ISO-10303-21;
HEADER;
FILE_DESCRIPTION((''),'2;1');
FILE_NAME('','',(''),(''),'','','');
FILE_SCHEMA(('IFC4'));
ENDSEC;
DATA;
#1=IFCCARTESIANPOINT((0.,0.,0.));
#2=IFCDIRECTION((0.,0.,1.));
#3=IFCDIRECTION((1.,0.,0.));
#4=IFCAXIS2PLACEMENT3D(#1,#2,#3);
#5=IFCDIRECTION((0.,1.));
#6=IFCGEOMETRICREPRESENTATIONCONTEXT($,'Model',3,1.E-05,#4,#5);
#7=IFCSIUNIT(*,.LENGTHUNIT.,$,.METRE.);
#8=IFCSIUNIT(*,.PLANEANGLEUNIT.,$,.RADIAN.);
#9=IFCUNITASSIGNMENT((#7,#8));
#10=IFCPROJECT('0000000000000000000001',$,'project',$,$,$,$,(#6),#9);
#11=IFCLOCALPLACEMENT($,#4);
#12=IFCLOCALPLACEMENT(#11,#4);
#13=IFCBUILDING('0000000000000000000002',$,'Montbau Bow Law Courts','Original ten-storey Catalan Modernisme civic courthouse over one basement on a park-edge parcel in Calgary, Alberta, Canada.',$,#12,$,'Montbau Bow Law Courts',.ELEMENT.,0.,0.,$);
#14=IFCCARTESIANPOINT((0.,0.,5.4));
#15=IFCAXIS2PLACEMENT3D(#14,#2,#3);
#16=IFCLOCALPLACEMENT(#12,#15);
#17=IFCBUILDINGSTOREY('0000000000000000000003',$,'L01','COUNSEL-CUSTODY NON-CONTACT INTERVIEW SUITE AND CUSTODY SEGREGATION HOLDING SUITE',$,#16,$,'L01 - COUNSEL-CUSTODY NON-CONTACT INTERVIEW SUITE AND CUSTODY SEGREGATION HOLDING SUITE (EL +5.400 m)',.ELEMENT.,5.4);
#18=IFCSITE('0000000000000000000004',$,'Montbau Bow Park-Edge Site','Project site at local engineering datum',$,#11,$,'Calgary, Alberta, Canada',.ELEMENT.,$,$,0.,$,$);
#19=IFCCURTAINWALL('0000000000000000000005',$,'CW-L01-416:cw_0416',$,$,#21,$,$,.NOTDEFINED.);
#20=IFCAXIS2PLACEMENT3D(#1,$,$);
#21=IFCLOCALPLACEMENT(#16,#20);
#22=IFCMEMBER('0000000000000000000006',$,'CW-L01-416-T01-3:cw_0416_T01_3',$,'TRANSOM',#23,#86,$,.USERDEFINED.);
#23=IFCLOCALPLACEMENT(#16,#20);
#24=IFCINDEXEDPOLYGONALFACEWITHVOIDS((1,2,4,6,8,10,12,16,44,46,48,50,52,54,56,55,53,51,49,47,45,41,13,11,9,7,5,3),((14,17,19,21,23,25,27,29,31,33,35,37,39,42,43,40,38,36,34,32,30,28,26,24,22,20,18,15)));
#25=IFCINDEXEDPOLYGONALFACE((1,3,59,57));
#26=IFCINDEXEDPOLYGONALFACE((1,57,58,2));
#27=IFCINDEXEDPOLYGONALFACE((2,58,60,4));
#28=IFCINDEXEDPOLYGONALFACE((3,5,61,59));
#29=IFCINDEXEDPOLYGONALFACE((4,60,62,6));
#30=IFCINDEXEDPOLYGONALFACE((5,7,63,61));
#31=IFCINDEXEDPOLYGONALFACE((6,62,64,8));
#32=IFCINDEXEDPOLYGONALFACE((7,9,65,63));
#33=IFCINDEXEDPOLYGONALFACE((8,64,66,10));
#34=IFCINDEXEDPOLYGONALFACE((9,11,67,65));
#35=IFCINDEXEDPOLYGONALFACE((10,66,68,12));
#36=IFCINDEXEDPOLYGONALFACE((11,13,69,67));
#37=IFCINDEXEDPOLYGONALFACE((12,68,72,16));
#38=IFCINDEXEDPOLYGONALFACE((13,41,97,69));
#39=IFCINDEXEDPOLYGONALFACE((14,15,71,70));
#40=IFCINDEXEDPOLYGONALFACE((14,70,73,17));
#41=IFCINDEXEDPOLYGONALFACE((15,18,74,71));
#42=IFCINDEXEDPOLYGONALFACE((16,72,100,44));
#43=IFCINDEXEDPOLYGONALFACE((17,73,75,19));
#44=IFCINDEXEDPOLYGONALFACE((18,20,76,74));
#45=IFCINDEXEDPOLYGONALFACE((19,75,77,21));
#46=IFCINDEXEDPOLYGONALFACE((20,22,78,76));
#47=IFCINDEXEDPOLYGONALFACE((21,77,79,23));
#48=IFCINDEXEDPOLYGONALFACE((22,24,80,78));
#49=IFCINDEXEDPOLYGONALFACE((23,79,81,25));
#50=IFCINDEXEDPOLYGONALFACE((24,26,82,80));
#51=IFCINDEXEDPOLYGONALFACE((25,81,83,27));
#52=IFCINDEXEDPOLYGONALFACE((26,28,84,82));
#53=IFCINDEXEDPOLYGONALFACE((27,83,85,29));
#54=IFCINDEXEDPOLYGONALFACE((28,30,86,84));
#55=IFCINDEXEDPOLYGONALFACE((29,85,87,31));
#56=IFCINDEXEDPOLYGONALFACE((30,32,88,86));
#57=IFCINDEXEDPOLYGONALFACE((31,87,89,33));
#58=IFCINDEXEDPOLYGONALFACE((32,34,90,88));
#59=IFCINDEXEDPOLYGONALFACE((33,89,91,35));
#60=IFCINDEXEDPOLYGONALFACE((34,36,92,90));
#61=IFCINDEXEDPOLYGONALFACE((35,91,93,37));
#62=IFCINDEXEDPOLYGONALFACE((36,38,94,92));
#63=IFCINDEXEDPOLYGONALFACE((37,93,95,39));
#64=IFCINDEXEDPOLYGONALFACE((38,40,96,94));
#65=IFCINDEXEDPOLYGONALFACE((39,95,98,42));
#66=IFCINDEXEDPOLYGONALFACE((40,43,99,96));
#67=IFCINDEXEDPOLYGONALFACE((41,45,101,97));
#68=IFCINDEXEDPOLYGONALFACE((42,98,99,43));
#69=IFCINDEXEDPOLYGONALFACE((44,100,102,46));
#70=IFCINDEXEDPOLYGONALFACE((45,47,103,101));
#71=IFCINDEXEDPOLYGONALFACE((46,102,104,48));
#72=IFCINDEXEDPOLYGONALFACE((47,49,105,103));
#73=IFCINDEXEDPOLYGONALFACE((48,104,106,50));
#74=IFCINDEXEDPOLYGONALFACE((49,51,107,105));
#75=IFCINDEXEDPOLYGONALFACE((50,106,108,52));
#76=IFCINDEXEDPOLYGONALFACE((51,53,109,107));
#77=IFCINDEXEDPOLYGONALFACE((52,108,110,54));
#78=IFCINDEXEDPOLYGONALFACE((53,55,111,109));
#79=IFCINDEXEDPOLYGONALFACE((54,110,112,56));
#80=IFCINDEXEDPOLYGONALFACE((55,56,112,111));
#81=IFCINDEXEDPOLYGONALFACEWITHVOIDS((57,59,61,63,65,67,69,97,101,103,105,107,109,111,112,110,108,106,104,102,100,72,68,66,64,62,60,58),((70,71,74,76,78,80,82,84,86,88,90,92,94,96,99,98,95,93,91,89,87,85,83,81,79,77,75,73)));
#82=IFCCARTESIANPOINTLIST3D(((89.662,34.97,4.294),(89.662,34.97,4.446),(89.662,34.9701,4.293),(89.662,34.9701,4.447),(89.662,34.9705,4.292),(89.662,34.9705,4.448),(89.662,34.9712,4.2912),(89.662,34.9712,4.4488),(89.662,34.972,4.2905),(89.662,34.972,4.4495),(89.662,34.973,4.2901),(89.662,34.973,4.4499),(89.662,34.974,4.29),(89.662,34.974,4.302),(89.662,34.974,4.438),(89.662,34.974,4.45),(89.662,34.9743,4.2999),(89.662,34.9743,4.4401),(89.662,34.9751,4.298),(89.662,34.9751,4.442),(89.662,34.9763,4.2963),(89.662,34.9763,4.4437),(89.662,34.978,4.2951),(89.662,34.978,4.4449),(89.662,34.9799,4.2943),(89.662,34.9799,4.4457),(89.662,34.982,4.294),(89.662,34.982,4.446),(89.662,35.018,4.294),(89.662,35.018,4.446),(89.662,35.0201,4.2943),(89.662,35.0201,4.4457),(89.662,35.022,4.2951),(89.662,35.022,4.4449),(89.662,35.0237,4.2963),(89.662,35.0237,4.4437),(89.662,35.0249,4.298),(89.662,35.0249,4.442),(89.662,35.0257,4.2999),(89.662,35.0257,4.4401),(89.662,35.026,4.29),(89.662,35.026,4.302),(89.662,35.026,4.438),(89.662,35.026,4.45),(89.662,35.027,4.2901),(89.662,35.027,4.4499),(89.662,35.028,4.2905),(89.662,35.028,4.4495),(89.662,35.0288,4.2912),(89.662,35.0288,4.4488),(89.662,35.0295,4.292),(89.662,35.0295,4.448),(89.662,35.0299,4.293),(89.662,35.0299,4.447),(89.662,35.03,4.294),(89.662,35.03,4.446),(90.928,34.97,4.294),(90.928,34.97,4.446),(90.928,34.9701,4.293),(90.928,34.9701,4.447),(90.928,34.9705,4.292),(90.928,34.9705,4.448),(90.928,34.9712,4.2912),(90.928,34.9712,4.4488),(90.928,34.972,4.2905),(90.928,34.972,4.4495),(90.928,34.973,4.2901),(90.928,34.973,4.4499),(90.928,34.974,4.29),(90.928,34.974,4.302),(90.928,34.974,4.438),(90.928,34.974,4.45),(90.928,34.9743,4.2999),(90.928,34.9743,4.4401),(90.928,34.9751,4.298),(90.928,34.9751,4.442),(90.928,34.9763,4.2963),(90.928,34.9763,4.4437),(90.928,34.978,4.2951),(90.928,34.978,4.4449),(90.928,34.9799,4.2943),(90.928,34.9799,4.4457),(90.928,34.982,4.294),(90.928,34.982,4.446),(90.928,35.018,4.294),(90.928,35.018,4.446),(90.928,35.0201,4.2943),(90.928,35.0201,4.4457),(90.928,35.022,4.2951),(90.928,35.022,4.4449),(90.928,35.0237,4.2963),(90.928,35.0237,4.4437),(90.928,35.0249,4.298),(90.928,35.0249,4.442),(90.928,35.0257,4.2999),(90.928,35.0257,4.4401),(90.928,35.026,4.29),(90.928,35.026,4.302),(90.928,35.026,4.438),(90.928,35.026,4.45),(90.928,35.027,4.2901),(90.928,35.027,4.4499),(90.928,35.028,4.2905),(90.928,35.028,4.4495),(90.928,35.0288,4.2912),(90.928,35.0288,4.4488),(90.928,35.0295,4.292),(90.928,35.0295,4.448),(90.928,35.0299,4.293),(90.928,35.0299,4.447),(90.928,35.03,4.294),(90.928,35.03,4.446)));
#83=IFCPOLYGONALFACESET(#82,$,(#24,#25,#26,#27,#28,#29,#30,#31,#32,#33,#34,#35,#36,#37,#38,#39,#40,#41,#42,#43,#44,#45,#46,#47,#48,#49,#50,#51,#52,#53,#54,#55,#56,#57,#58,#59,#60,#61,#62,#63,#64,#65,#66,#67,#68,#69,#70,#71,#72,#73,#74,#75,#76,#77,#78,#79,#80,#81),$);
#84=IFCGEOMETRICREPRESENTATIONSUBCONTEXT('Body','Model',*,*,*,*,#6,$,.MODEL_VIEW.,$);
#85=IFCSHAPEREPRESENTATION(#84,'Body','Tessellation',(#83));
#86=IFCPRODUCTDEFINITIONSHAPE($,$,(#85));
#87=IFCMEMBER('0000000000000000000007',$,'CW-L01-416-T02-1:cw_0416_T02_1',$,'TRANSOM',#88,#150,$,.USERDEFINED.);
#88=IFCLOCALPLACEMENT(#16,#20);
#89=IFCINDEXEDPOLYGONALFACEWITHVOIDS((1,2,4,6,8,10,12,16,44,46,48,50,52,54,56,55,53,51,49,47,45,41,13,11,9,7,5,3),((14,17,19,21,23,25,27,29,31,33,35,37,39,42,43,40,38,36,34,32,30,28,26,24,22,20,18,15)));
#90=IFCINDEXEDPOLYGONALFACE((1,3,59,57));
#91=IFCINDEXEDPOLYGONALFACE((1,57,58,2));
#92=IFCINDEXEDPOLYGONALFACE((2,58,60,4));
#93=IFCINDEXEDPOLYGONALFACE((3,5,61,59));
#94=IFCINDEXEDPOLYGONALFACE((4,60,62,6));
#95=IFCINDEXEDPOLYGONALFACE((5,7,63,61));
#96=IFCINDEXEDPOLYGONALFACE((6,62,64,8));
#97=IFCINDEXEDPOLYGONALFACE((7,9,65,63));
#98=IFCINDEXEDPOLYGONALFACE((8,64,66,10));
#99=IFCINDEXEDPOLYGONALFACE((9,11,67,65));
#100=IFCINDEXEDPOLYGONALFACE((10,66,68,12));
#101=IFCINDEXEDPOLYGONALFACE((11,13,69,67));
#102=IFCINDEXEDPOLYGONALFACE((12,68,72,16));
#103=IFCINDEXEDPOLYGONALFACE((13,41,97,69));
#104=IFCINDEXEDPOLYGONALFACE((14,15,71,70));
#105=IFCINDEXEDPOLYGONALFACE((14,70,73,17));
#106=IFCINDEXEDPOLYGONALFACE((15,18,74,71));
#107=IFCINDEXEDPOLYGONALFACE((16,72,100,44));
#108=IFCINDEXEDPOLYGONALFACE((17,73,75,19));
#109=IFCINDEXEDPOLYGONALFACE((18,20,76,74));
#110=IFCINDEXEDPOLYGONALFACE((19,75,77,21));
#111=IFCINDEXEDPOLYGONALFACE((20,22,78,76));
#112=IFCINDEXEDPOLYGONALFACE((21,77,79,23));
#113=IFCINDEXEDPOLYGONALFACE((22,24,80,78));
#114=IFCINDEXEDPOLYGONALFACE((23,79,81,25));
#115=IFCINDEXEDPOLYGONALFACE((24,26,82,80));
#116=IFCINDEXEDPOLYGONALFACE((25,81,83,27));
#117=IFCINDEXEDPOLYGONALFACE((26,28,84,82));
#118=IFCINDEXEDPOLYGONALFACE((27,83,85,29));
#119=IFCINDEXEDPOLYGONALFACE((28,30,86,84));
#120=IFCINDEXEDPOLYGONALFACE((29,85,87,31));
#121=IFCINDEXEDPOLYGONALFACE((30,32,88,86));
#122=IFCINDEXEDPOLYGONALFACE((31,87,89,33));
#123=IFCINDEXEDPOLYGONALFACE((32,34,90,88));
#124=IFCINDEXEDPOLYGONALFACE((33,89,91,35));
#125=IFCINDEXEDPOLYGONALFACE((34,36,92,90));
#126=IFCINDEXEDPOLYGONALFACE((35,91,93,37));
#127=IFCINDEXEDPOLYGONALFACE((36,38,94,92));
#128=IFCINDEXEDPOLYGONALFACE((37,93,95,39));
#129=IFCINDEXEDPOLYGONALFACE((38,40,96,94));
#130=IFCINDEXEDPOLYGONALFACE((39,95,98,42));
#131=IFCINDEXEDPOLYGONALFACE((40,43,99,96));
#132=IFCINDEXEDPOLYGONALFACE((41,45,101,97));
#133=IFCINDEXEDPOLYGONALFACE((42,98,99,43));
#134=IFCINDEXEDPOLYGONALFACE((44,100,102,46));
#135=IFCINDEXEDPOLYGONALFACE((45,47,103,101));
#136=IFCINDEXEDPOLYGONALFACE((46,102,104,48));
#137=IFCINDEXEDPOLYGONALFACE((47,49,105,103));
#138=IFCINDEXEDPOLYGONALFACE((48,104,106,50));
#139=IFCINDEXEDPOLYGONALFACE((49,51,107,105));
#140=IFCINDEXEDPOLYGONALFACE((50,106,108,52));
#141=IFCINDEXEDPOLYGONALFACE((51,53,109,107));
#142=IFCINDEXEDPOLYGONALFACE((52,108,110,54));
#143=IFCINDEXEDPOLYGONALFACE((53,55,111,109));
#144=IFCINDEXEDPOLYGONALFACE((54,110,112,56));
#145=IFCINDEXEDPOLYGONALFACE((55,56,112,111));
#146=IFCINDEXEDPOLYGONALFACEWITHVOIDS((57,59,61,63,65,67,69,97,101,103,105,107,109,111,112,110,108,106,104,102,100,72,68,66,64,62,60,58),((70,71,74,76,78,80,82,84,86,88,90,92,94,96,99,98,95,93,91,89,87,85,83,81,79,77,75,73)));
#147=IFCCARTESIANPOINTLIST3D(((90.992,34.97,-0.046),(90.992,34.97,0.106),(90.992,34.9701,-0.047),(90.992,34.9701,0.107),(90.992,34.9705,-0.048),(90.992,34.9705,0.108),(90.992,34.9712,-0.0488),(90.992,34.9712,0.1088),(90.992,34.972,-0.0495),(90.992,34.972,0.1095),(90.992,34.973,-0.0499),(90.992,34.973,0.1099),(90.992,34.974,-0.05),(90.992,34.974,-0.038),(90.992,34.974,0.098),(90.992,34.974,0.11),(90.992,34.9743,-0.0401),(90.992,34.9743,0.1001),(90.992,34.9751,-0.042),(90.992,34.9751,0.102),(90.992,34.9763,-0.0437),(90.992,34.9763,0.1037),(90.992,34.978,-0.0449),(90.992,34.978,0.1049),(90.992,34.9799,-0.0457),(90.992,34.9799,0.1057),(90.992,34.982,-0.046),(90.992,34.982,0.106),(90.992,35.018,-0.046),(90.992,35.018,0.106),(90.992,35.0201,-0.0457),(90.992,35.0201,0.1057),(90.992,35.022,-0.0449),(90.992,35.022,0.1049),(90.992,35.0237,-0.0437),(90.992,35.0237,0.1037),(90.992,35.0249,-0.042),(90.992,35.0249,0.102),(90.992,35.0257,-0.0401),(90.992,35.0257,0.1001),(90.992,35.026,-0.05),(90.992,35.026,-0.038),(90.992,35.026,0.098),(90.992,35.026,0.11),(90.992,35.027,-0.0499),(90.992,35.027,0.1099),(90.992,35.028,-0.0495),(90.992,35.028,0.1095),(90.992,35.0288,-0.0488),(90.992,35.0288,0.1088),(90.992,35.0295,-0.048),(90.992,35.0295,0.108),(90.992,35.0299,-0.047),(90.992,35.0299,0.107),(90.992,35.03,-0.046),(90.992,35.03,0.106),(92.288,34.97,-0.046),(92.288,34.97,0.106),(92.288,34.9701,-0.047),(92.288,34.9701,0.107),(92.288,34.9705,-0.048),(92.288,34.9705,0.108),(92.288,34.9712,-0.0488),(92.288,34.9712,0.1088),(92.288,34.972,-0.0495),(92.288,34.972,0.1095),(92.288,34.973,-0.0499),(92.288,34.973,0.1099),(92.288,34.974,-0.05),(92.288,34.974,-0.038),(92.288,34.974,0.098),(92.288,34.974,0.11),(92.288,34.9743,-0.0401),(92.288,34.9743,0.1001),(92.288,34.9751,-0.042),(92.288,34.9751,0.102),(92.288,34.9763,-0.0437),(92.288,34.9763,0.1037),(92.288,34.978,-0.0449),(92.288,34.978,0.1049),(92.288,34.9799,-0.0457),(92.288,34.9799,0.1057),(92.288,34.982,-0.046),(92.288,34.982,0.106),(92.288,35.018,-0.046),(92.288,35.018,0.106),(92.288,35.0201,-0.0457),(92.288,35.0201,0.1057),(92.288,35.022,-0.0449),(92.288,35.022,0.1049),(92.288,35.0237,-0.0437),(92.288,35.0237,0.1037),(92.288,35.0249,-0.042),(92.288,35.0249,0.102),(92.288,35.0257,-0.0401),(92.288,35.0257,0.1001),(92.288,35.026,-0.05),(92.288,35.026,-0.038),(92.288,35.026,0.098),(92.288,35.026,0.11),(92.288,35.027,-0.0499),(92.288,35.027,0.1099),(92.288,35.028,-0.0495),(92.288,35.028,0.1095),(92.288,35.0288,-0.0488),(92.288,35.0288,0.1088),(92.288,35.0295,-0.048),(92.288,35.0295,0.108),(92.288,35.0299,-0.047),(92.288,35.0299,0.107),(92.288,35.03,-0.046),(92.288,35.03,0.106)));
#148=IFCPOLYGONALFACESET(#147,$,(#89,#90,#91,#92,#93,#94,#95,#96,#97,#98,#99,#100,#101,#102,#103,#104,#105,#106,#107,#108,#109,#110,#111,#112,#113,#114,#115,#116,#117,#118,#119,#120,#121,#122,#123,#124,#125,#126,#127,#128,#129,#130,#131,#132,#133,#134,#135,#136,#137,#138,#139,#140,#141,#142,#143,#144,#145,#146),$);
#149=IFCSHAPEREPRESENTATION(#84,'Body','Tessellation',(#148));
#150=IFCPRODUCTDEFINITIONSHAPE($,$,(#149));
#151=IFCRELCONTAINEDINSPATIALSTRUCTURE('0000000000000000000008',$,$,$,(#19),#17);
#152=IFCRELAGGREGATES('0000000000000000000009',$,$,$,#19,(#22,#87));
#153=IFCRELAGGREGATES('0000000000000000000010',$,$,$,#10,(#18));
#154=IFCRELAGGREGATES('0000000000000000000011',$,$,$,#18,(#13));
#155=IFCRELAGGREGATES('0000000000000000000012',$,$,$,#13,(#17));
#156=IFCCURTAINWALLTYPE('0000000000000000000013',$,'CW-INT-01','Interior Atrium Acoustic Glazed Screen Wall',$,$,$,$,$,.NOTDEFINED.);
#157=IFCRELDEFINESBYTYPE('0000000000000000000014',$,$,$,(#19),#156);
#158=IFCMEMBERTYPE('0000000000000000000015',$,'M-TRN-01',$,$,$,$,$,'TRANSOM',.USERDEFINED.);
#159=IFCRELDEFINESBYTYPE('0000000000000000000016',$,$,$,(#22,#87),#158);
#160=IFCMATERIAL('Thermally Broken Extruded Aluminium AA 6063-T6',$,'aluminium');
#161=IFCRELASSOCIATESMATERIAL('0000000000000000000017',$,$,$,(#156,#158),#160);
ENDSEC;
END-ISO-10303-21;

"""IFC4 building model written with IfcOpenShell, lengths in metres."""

from ifc_helpers import new_model, si_unit, direction, frame, origin_with_axes, origin_2d_with_axis, place, context, subcontext, project, spatial, hollow_rectangle, extrude, material, material_profile, profile_set, type_object, element, aggregate, save


model = new_model("IFC4")

# Units and contexts
model_context = context("Model", 3, precision=1e-05, world=origin_with_axes(), true_north=direction((0.0, 1.0)))
body_context = subcontext(model_context, "Body", "Model", "MODEL_VIEW")
ifc_project = project(units=[si_unit("LENGTHUNIT", "METRE"), si_unit("PLANEANGLEUNIT", "RADIAN")], contexts=[model_context])

# Site, building, storey
site_placement = place(None, origin_with_axes())
site = spatial("IfcSite", under=ifc_project, at=site_placement, Name="Montbau Bow Park-Edge Site", Description="Project site at local engineering datum", LongName="Calgary, Alberta, Canada", CompositionType="ELEMENT", RefElevation=0.0)
building_placement = place(site_placement, origin_with_axes())
building = spatial("IfcBuilding", under=site, at=building_placement, Name="Montbau Bow Law Courts", Description="Original ten-storey Catalan Modernisme civic courthouse over one basement on a park-edge parcel in Calgary, Alberta, Canada.", LongName="Montbau Bow Law Courts", CompositionType="ELEMENT", ElevationOfRefHeight=0.0, ElevationOfTerrain=0.0)
storey_placement = place(building_placement, frame((0.0, 0.0, 5.4), z_axis=(0.0, 0.0, 1.0), x_axis=(1.0, 0.0, 0.0)))
storey = spatial("IfcBuildingStorey", under=building, at=storey_placement, Name="L01", Description="COUNSEL-CUSTODY NON-CONTACT INTERVIEW SUITE AND CUSTODY SEGREGATION HOLDING SUITE", LongName="L01 - COUNSEL-CUSTODY NON-CONTACT INTERVIEW SUITE AND CUSTODY SEGREGATION HOLDING SUITE (EL +5.400 m)", CompositionType="ELEMENT", Elevation=5.4)

# Curtain wall, members
ifc_material_1 = material(Name="Thermally Broken Extruded Aluminium AA 6063-T6", Category="aluminium")
curtain_wall_type = type_object("IfcCurtainWallType", Name="CW-INT-01", Description="Interior Atrium Acoustic Glazed Screen Wall", PredefinedType="NOTDEFINED", material=ifc_material_1)
curtain_wall_placement = place(None, frame((89.6, 35.0, 5.4), z_axis=(0.0, 0.0, 1.0), x_axis=(1.0, 0.0, 0.0)))
curtain_wall = element("IfcCurtainWall", 1, at=curtain_wall_placement, inside=storey, type_object=curtain_wall_type, Name="CW-L01-416:cw_0416", PredefinedType="NOTDEFINED")
ifc_material_profile_1 = material_profile(ifc_material_1, hollow_rectangle(XDim=0.06, YDim=0.16, WallThickness=0.004, InnerFilletRadius=0.008, OuterFilletRadius=0.004, at=origin_2d_with_axis()), Name="CWT-160X60", Category="Main", Priority=0)
ifc_profile_set_1 = profile_set([ifc_material_profile_1], Name="Thermally Broken Extruded Aluminium AA 6063-T6")
member_type_1 = type_object("IfcMemberType", Name="M-TRN-01", ElementType="TRANSOM", PredefinedType="USERDEFINED", material=ifc_profile_set_1)
member_1_placement = place(None, frame((89.662, 35.0, 9.77), z_axis=(1.0, 0.0, 0.0), x_axis=(0.0, 1.0, 0.0)))
member_1 = element("IfcMember", 2, at=member_1_placement, type_object=member_type_1, Name="CW-L01-416-T01-3:cw_0416_T01_3", ObjectType="TRANSOM", PredefinedType="USERDEFINED", context=body_context, shape_type="SweptSolid", body=[
    extrude(hollow_rectangle(XDim=0.06, YDim=0.16, WallThickness=0.004, InnerFilletRadius=0.008, OuterFilletRadius=0.004, at=origin_2d_with_axis()), origin_with_axes(), (0.0, 0.0, 1.0), 1.266),
])
member_2_placement = place(None, frame((90.992, 35.0, 5.43), z_axis=(1.0, 0.0, 0.0), x_axis=(0.0, 1.0, 0.0)))
member_2 = element("IfcMember", 3, at=member_2_placement, type_object=member_type_1, Name="CW-L01-416-T02-1:cw_0416_T02_1", ObjectType="TRANSOM", PredefinedType="USERDEFINED", context=body_context, shape_type="SweptSolid", body=[
    extrude(hollow_rectangle(XDim=0.06, YDim=0.16, WallThickness=0.004, InnerFilletRadius=0.008, OuterFilletRadius=0.004, at=origin_2d_with_axis()), origin_with_axes(), (0.0, 0.0, 1.0), 1.296),
])
aggregate(curtain_wall, [member_1, member_2])

save(model, "model.ifc")
